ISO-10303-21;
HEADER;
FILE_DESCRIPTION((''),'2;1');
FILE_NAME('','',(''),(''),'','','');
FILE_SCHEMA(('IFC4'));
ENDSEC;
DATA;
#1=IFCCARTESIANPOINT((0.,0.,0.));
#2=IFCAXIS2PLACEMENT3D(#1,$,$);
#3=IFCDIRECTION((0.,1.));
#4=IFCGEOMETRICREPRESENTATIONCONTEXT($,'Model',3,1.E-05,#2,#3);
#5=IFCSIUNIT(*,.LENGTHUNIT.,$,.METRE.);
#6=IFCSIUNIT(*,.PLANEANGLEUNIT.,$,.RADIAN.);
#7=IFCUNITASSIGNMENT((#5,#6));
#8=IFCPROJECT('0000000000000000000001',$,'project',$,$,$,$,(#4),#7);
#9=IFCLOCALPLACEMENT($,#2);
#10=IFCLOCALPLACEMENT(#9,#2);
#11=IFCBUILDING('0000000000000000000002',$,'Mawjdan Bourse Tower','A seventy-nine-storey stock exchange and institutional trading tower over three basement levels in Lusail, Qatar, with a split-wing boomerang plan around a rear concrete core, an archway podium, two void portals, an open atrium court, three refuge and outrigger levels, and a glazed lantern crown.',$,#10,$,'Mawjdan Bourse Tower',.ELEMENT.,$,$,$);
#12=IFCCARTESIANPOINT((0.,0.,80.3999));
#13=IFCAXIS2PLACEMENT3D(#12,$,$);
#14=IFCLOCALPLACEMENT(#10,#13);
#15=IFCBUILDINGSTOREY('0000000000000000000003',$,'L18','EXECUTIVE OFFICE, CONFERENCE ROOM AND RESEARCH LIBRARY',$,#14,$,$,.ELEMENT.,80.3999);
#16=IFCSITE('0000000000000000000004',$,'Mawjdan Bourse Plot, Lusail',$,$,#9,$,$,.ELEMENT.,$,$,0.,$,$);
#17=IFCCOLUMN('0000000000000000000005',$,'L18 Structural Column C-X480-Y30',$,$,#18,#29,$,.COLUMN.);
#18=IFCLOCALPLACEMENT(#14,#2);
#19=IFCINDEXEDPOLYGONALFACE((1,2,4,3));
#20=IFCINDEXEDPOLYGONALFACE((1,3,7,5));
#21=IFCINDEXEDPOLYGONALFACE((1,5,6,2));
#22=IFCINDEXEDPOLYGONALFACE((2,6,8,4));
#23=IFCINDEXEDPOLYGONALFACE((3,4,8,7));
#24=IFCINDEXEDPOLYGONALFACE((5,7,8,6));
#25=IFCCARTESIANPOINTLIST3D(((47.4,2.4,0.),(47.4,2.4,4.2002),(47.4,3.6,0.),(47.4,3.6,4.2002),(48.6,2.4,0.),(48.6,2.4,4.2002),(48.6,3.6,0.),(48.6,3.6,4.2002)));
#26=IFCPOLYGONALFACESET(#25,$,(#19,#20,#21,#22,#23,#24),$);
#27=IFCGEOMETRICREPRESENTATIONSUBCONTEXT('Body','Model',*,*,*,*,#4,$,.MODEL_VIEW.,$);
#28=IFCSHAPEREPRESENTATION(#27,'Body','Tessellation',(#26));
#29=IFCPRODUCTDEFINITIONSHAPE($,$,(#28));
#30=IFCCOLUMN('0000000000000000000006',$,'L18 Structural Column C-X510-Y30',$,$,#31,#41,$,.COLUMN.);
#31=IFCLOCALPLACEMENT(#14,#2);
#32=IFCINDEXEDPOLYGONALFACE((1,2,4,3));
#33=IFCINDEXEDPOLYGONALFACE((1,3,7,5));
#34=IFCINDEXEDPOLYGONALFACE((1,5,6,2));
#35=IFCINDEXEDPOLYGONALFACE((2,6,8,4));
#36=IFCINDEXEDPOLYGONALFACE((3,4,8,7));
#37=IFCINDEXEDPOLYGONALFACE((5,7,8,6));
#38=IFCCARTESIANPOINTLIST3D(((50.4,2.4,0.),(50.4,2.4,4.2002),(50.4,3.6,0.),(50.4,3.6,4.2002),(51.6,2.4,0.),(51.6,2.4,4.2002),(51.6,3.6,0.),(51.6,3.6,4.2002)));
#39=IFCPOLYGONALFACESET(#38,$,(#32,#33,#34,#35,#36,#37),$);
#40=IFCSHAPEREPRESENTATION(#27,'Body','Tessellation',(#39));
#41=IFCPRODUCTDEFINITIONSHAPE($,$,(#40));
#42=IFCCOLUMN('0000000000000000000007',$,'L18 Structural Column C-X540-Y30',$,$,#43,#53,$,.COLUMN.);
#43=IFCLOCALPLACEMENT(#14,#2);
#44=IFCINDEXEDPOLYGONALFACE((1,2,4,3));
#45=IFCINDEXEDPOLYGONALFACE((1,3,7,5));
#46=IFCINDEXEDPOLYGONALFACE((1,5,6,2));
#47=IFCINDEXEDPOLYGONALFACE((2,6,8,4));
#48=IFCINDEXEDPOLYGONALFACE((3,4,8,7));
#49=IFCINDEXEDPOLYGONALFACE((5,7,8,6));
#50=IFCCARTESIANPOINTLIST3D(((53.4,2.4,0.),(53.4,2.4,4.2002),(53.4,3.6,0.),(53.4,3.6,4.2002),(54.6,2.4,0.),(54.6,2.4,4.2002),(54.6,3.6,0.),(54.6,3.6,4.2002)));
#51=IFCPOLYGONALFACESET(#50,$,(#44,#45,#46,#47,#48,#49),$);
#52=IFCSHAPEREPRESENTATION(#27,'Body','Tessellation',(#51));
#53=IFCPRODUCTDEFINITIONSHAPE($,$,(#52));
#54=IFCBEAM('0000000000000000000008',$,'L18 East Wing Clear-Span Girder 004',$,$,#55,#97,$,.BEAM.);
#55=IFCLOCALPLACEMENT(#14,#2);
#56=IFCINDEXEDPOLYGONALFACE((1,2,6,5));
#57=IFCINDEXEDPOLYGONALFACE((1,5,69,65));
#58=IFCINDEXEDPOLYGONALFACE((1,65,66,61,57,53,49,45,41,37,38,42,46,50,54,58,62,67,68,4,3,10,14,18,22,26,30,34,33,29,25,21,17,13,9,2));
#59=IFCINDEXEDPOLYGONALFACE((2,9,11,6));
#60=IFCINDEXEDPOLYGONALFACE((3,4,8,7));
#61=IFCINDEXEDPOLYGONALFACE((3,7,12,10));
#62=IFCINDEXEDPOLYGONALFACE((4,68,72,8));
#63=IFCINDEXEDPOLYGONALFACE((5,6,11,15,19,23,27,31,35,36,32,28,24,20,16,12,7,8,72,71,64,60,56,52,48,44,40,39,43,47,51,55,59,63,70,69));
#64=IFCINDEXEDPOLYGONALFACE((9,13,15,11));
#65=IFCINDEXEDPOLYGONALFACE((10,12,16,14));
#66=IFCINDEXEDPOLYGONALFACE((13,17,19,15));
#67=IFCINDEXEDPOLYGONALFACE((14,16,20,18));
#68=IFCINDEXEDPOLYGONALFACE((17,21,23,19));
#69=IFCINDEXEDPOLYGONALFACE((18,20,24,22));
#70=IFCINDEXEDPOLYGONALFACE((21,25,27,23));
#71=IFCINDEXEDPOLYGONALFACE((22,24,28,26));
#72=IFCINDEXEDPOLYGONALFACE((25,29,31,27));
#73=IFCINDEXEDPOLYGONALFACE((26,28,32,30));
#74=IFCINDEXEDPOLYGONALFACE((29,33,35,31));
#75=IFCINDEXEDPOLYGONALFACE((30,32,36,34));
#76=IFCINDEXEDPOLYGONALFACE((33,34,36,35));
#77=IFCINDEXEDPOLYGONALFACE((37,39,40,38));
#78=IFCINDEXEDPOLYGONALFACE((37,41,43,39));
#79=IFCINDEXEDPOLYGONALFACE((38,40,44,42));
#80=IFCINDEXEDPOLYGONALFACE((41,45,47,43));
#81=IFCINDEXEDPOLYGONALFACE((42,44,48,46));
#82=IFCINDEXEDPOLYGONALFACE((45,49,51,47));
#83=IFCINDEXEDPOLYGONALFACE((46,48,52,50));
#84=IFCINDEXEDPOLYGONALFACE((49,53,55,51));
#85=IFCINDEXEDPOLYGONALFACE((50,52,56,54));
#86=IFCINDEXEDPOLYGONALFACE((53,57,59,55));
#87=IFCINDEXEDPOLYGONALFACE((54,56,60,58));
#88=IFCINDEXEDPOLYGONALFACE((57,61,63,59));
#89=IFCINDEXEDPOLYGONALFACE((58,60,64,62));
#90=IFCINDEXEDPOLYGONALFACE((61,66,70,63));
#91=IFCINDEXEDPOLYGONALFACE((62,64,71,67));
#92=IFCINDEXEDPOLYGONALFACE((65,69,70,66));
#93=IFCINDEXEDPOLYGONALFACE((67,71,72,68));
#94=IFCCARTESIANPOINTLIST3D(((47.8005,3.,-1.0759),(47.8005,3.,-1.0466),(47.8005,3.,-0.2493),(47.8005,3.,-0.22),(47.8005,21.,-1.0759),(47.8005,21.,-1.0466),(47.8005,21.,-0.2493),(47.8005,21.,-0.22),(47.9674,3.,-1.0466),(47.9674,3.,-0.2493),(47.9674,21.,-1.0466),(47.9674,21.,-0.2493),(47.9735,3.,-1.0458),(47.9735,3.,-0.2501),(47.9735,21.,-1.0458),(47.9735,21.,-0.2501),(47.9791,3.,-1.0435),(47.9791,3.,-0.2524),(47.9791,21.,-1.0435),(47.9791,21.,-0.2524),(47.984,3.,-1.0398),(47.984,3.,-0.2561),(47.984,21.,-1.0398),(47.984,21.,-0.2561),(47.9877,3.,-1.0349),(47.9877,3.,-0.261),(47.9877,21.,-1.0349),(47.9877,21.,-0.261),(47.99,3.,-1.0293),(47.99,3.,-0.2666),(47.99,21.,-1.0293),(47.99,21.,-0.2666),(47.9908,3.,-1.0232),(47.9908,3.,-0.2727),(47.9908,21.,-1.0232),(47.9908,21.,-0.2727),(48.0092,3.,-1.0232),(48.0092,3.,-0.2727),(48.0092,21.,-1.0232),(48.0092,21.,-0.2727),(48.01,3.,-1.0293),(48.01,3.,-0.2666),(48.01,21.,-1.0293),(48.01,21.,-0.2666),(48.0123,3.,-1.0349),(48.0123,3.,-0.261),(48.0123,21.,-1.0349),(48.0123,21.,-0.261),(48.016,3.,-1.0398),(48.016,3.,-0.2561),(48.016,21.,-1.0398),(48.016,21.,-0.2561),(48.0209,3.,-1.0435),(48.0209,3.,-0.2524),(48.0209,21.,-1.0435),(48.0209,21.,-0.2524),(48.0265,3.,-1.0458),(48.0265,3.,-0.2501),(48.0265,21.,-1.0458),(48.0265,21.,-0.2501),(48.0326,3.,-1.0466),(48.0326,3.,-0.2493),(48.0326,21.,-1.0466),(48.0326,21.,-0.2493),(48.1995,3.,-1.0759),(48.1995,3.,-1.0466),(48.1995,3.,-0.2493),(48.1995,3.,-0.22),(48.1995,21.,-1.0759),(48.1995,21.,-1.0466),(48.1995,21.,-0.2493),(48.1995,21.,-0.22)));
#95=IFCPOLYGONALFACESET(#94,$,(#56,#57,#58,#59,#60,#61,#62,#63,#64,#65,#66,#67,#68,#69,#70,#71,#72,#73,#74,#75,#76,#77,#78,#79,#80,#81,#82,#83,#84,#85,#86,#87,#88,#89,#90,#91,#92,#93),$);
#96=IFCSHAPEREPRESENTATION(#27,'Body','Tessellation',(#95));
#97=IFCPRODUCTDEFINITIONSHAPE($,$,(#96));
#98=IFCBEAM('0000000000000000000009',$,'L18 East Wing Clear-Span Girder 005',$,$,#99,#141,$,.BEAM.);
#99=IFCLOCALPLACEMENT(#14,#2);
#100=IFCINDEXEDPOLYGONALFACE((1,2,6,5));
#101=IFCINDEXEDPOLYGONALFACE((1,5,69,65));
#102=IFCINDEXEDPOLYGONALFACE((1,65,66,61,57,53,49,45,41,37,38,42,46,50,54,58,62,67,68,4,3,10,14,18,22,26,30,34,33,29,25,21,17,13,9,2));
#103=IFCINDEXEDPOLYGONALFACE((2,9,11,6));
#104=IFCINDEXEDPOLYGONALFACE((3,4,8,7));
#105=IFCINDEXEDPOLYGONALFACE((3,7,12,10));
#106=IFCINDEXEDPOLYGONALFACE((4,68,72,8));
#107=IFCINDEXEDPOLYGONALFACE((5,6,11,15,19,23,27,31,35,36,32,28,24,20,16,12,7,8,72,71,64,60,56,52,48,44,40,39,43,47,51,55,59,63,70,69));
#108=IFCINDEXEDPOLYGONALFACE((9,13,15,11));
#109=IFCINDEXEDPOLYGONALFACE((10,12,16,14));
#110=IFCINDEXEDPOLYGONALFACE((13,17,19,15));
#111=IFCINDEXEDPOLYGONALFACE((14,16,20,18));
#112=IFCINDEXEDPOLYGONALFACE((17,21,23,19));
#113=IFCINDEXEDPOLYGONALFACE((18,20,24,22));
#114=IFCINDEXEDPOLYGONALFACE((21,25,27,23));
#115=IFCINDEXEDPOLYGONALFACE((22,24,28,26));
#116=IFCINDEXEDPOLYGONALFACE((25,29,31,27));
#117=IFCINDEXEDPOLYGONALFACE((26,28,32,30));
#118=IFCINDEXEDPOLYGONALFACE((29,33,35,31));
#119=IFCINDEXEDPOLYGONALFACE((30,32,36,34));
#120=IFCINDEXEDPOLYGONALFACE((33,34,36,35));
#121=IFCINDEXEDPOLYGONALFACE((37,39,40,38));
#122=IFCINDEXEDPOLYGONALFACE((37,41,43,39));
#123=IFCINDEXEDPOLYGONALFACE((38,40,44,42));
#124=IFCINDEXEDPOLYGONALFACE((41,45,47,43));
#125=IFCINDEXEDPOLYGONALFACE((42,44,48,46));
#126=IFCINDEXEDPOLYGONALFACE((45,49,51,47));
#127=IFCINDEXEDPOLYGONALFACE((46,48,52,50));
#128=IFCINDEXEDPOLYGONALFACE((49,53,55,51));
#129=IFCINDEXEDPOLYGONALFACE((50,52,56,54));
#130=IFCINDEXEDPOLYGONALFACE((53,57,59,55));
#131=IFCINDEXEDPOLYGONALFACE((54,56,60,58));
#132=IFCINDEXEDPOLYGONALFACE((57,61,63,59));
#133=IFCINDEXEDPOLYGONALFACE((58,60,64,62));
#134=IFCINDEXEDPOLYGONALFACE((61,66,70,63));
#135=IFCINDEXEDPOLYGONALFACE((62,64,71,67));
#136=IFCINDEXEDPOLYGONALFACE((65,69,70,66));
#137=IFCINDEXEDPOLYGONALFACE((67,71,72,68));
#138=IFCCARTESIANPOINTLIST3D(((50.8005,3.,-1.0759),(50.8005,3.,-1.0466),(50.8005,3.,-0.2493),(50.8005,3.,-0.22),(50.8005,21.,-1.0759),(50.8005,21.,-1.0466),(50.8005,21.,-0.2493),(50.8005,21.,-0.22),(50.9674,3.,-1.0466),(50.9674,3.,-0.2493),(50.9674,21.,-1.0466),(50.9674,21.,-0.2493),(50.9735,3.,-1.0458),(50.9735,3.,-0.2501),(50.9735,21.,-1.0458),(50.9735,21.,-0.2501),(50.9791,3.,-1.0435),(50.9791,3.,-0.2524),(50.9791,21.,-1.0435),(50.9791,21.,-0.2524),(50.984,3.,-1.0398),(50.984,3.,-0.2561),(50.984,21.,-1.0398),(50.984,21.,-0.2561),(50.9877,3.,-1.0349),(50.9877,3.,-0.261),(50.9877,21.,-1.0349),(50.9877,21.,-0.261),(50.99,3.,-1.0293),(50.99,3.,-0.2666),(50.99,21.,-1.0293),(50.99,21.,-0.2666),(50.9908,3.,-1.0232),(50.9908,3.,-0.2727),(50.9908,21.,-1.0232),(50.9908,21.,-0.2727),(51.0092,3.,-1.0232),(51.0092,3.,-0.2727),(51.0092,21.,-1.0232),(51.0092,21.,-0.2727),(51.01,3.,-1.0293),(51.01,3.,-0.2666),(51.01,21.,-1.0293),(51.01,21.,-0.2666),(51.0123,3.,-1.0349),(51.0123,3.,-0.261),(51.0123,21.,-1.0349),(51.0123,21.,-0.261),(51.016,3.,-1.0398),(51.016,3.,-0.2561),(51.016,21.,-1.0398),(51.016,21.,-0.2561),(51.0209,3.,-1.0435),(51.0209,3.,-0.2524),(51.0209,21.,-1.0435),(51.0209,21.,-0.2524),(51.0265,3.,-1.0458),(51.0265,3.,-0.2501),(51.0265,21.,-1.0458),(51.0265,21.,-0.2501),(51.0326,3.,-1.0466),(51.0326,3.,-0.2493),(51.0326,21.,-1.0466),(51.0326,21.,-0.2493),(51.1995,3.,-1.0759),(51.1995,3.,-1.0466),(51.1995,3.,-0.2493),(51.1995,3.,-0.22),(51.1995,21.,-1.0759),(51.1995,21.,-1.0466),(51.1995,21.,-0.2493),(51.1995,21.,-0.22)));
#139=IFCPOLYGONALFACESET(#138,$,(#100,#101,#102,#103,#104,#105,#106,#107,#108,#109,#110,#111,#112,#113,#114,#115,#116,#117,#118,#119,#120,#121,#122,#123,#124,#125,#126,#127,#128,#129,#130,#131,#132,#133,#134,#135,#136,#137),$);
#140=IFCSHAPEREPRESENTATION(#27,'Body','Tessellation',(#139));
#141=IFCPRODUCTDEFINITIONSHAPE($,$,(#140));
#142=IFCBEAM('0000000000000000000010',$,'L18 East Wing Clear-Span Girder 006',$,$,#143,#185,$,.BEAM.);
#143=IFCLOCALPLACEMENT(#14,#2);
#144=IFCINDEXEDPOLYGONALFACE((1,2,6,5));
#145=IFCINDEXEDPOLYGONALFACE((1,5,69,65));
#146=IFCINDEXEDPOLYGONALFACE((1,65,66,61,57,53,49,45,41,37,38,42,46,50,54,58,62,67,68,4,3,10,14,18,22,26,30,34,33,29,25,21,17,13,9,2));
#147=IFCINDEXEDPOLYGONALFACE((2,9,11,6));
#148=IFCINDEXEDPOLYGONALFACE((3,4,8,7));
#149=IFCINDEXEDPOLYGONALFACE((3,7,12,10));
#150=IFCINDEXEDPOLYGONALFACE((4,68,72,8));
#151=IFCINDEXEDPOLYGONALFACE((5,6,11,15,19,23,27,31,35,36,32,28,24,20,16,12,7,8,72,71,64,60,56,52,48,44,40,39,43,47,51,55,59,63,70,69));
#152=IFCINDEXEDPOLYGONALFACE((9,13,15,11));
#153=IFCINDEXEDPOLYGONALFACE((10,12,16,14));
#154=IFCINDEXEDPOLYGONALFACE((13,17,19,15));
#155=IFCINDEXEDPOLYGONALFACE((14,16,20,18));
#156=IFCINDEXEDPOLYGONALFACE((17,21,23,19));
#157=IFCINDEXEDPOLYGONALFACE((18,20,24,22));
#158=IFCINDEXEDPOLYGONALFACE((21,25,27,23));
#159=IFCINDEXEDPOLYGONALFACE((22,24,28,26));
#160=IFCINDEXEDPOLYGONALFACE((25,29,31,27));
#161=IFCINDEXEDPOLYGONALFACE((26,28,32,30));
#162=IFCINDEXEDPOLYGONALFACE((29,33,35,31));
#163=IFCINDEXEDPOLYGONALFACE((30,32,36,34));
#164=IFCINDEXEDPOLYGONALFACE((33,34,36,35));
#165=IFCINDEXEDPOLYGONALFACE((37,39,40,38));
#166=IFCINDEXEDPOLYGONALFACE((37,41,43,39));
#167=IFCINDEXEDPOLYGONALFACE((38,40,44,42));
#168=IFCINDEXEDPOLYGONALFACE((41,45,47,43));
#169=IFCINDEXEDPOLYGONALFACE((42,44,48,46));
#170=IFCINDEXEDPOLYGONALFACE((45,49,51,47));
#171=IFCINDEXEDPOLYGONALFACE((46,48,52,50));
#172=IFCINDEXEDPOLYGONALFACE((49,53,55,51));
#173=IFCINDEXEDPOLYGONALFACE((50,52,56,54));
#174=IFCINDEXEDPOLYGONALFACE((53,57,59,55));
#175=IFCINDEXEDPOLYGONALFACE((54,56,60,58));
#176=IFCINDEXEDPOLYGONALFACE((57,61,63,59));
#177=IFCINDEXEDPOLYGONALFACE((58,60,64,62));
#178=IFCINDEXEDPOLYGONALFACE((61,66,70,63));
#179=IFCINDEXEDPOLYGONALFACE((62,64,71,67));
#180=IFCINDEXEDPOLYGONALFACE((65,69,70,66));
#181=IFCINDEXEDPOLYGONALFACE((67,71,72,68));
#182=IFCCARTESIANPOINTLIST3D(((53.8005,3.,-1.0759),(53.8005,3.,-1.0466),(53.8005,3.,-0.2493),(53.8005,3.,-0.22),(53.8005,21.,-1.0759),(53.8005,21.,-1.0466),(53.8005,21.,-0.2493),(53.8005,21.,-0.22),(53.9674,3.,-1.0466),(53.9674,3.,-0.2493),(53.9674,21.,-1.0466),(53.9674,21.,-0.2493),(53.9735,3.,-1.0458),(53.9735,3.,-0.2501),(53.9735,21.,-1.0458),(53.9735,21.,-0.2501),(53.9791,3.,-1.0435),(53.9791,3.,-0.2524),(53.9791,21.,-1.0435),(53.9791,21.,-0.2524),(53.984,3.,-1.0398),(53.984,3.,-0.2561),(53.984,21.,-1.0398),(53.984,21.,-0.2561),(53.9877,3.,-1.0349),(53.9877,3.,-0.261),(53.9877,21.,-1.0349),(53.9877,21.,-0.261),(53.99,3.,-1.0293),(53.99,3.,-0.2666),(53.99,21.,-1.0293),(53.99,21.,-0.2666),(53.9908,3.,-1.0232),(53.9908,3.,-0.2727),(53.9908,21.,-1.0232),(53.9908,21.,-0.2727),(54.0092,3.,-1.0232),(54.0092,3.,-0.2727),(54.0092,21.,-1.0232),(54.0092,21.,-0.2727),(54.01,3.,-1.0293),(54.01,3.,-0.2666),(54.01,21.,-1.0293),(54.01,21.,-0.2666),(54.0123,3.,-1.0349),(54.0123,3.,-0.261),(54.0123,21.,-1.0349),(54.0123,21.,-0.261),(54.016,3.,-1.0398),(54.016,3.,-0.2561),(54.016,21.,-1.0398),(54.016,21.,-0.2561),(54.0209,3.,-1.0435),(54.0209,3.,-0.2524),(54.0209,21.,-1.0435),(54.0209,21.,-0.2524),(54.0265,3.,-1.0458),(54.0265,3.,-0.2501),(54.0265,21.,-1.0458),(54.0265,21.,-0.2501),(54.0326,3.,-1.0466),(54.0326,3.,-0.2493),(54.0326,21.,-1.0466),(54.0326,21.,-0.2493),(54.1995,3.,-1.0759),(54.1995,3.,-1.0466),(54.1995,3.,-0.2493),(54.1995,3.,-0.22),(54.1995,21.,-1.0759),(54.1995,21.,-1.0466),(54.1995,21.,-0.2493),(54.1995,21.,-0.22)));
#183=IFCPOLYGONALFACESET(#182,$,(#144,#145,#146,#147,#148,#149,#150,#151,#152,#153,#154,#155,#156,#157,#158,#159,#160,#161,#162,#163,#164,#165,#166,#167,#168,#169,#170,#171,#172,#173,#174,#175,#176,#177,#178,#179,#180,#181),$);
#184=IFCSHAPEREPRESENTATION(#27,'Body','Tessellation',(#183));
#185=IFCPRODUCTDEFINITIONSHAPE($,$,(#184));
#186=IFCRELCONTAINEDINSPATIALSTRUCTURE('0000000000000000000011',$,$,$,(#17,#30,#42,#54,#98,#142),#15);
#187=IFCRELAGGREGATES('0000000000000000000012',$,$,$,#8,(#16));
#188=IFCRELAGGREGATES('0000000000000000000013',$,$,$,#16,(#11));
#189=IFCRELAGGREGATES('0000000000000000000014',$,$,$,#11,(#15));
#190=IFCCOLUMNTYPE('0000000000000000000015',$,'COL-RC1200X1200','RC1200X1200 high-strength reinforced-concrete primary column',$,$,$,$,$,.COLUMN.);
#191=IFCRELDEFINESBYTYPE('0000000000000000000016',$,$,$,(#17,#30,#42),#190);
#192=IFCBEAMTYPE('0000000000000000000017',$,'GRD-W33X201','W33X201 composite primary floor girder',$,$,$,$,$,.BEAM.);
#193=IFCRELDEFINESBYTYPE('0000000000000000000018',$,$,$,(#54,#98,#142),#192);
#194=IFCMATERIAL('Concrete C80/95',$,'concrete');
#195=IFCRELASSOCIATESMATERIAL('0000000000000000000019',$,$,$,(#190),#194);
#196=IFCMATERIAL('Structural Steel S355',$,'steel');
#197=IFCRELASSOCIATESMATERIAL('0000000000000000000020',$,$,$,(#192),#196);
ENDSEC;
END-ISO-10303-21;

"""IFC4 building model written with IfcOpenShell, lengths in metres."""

from ifc_helpers import new_model, si_unit, direction, frame, origin, origin_2d, place, context, subcontext, project, spatial, rectangle, i_section, extrude, material, material_profile, profile_set, type_object, element, save


model = new_model("IFC4")

# Units and contexts
model_context = context("Model", 3, precision=1e-05, world=origin(), true_north=direction((0.0, 1.0)))
body_context = subcontext(model_context, "Body", "Model", "MODEL_VIEW")
ifc_project = project(units=[si_unit("LENGTHUNIT", "METRE"), si_unit("PLANEANGLEUNIT", "RADIAN")], contexts=[model_context])

# Site, building, storey
site_placement = place(None, origin())
site = spatial("IfcSite", under=ifc_project, at=site_placement, Name="Mawjdan Bourse Plot, Lusail", CompositionType="ELEMENT", RefElevation=0.0)
building_placement = place(site_placement, origin())
building = spatial("IfcBuilding", under=site, at=building_placement, Name="Mawjdan Bourse Tower", Description="A seventy-nine-storey stock exchange and institutional trading tower over three basement levels in Lusail, Qatar, with a split-wing boomerang plan around a rear concrete core, an archway podium, two void portals, an open atrium court, three refuge and outrigger levels, and a glazed lantern crown.", LongName="Mawjdan Bourse Tower", CompositionType="ELEMENT")
storey_placement = place(building_placement, frame((0.0, 0.0, 80.3999)))
storey = spatial("IfcBuildingStorey", under=building, at=storey_placement, Name="L18", Description="EXECUTIVE OFFICE, CONFERENCE ROOM AND RESEARCH LIBRARY", CompositionType="ELEMENT", Elevation=80.3999)

# Columns
ifc_material_1 = material(Name="Concrete C80/95", Category="concrete")
ifc_material_profile_1 = material_profile(ifc_material_1, rectangle(XDim=1.2, YDim=1.2, at=origin_2d()), Name="RC1200X1200")
ifc_profile_set_1 = profile_set([ifc_material_profile_1], Name="Concrete C80/95")
column_type = type_object("IfcColumnType", Name="COL-RC1200X1200", Description="RC1200X1200 high-strength reinforced-concrete primary column", PredefinedType="COLUMN", material=ifc_profile_set_1)
for number, where, z_axis, x_axis, name in (
    (1, (48.0, 3.0, 0.0), (0.0, 0.0, 1.0), (1.0, 0.0, 0.0), "L18 Structural Column C-X480-Y30"),
    (2, (51.0, 3.0, 0.0), (0.0, 0.0, 1.0), (1.0, 0.0, 0.0), "L18 Structural Column C-X510-Y30"),
    (3, (54.0, 3.0, 0.0), (0.0, 0.0, 1.0), (1.0, 0.0, 0.0), "L18 Structural Column C-X540-Y30"),
):
    element("IfcColumn", number, at=place(storey_placement, frame(where, z_axis=z_axis, x_axis=x_axis)), inside=storey, type_object=column_type, Name=name, PredefinedType="COLUMN", context=body_context, shape_type="SweptSolid", body=[
        extrude(rectangle(XDim=1.2, YDim=1.2, at=origin_2d()), origin(), (0.0, 0.0, 1.0), 4.2002),
    ])

# Beams
ifc_material_2 = material(Name="Structural Steel S355", Category="steel")
ifc_material_profile_2 = material_profile(ifc_material_2, i_section(OverallWidth=0.3989, OverallDepth=0.856, WebThickness=0.0183, FlangeThickness=0.0293, FilletRadius=0.0234, at=origin_2d()), Name="W33X201")
ifc_profile_set_2 = profile_set([ifc_material_profile_2], Name="Structural Steel S355")
beam_type_1 = type_object("IfcBeamType", Name="GRD-W33X201", Description="W33X201 composite primary floor girder", PredefinedType="BEAM", material=ifc_profile_set_2)
for number, where, z_axis, x_axis, name in (
    (4, (48.0, 3.0, -0.6479), (0.0, 1.0, 0.0), (-1.0, 0.0, 0.0), "L18 East Wing Clear-Span Girder 004"),
    (5, (51.0, 3.0, -0.6479), (0.0, 1.0, 0.0), (-1.0, 0.0, 0.0), "L18 East Wing Clear-Span Girder 005"),
    (6, (54.0, 3.0, -0.6479), (0.0, 1.0, 0.0), (-1.0, 0.0, 0.0), "L18 East Wing Clear-Span Girder 006"),
):
    element("IfcBeam", number, at=place(storey_placement, frame(where, z_axis=z_axis, x_axis=x_axis)), inside=storey, type_object=beam_type_1, Name=name, PredefinedType="BEAM", context=body_context, shape_type="SweptSolid", body=[
        extrude(i_section(OverallWidth=0.3989, OverallDepth=0.856, WebThickness=0.0183, FlangeThickness=0.0293, FilletRadius=0.0234, at=origin_2d()), origin(), (0.0, 0.0, 1.0), 18.0),
    ])

save(model, "model.ifc")
